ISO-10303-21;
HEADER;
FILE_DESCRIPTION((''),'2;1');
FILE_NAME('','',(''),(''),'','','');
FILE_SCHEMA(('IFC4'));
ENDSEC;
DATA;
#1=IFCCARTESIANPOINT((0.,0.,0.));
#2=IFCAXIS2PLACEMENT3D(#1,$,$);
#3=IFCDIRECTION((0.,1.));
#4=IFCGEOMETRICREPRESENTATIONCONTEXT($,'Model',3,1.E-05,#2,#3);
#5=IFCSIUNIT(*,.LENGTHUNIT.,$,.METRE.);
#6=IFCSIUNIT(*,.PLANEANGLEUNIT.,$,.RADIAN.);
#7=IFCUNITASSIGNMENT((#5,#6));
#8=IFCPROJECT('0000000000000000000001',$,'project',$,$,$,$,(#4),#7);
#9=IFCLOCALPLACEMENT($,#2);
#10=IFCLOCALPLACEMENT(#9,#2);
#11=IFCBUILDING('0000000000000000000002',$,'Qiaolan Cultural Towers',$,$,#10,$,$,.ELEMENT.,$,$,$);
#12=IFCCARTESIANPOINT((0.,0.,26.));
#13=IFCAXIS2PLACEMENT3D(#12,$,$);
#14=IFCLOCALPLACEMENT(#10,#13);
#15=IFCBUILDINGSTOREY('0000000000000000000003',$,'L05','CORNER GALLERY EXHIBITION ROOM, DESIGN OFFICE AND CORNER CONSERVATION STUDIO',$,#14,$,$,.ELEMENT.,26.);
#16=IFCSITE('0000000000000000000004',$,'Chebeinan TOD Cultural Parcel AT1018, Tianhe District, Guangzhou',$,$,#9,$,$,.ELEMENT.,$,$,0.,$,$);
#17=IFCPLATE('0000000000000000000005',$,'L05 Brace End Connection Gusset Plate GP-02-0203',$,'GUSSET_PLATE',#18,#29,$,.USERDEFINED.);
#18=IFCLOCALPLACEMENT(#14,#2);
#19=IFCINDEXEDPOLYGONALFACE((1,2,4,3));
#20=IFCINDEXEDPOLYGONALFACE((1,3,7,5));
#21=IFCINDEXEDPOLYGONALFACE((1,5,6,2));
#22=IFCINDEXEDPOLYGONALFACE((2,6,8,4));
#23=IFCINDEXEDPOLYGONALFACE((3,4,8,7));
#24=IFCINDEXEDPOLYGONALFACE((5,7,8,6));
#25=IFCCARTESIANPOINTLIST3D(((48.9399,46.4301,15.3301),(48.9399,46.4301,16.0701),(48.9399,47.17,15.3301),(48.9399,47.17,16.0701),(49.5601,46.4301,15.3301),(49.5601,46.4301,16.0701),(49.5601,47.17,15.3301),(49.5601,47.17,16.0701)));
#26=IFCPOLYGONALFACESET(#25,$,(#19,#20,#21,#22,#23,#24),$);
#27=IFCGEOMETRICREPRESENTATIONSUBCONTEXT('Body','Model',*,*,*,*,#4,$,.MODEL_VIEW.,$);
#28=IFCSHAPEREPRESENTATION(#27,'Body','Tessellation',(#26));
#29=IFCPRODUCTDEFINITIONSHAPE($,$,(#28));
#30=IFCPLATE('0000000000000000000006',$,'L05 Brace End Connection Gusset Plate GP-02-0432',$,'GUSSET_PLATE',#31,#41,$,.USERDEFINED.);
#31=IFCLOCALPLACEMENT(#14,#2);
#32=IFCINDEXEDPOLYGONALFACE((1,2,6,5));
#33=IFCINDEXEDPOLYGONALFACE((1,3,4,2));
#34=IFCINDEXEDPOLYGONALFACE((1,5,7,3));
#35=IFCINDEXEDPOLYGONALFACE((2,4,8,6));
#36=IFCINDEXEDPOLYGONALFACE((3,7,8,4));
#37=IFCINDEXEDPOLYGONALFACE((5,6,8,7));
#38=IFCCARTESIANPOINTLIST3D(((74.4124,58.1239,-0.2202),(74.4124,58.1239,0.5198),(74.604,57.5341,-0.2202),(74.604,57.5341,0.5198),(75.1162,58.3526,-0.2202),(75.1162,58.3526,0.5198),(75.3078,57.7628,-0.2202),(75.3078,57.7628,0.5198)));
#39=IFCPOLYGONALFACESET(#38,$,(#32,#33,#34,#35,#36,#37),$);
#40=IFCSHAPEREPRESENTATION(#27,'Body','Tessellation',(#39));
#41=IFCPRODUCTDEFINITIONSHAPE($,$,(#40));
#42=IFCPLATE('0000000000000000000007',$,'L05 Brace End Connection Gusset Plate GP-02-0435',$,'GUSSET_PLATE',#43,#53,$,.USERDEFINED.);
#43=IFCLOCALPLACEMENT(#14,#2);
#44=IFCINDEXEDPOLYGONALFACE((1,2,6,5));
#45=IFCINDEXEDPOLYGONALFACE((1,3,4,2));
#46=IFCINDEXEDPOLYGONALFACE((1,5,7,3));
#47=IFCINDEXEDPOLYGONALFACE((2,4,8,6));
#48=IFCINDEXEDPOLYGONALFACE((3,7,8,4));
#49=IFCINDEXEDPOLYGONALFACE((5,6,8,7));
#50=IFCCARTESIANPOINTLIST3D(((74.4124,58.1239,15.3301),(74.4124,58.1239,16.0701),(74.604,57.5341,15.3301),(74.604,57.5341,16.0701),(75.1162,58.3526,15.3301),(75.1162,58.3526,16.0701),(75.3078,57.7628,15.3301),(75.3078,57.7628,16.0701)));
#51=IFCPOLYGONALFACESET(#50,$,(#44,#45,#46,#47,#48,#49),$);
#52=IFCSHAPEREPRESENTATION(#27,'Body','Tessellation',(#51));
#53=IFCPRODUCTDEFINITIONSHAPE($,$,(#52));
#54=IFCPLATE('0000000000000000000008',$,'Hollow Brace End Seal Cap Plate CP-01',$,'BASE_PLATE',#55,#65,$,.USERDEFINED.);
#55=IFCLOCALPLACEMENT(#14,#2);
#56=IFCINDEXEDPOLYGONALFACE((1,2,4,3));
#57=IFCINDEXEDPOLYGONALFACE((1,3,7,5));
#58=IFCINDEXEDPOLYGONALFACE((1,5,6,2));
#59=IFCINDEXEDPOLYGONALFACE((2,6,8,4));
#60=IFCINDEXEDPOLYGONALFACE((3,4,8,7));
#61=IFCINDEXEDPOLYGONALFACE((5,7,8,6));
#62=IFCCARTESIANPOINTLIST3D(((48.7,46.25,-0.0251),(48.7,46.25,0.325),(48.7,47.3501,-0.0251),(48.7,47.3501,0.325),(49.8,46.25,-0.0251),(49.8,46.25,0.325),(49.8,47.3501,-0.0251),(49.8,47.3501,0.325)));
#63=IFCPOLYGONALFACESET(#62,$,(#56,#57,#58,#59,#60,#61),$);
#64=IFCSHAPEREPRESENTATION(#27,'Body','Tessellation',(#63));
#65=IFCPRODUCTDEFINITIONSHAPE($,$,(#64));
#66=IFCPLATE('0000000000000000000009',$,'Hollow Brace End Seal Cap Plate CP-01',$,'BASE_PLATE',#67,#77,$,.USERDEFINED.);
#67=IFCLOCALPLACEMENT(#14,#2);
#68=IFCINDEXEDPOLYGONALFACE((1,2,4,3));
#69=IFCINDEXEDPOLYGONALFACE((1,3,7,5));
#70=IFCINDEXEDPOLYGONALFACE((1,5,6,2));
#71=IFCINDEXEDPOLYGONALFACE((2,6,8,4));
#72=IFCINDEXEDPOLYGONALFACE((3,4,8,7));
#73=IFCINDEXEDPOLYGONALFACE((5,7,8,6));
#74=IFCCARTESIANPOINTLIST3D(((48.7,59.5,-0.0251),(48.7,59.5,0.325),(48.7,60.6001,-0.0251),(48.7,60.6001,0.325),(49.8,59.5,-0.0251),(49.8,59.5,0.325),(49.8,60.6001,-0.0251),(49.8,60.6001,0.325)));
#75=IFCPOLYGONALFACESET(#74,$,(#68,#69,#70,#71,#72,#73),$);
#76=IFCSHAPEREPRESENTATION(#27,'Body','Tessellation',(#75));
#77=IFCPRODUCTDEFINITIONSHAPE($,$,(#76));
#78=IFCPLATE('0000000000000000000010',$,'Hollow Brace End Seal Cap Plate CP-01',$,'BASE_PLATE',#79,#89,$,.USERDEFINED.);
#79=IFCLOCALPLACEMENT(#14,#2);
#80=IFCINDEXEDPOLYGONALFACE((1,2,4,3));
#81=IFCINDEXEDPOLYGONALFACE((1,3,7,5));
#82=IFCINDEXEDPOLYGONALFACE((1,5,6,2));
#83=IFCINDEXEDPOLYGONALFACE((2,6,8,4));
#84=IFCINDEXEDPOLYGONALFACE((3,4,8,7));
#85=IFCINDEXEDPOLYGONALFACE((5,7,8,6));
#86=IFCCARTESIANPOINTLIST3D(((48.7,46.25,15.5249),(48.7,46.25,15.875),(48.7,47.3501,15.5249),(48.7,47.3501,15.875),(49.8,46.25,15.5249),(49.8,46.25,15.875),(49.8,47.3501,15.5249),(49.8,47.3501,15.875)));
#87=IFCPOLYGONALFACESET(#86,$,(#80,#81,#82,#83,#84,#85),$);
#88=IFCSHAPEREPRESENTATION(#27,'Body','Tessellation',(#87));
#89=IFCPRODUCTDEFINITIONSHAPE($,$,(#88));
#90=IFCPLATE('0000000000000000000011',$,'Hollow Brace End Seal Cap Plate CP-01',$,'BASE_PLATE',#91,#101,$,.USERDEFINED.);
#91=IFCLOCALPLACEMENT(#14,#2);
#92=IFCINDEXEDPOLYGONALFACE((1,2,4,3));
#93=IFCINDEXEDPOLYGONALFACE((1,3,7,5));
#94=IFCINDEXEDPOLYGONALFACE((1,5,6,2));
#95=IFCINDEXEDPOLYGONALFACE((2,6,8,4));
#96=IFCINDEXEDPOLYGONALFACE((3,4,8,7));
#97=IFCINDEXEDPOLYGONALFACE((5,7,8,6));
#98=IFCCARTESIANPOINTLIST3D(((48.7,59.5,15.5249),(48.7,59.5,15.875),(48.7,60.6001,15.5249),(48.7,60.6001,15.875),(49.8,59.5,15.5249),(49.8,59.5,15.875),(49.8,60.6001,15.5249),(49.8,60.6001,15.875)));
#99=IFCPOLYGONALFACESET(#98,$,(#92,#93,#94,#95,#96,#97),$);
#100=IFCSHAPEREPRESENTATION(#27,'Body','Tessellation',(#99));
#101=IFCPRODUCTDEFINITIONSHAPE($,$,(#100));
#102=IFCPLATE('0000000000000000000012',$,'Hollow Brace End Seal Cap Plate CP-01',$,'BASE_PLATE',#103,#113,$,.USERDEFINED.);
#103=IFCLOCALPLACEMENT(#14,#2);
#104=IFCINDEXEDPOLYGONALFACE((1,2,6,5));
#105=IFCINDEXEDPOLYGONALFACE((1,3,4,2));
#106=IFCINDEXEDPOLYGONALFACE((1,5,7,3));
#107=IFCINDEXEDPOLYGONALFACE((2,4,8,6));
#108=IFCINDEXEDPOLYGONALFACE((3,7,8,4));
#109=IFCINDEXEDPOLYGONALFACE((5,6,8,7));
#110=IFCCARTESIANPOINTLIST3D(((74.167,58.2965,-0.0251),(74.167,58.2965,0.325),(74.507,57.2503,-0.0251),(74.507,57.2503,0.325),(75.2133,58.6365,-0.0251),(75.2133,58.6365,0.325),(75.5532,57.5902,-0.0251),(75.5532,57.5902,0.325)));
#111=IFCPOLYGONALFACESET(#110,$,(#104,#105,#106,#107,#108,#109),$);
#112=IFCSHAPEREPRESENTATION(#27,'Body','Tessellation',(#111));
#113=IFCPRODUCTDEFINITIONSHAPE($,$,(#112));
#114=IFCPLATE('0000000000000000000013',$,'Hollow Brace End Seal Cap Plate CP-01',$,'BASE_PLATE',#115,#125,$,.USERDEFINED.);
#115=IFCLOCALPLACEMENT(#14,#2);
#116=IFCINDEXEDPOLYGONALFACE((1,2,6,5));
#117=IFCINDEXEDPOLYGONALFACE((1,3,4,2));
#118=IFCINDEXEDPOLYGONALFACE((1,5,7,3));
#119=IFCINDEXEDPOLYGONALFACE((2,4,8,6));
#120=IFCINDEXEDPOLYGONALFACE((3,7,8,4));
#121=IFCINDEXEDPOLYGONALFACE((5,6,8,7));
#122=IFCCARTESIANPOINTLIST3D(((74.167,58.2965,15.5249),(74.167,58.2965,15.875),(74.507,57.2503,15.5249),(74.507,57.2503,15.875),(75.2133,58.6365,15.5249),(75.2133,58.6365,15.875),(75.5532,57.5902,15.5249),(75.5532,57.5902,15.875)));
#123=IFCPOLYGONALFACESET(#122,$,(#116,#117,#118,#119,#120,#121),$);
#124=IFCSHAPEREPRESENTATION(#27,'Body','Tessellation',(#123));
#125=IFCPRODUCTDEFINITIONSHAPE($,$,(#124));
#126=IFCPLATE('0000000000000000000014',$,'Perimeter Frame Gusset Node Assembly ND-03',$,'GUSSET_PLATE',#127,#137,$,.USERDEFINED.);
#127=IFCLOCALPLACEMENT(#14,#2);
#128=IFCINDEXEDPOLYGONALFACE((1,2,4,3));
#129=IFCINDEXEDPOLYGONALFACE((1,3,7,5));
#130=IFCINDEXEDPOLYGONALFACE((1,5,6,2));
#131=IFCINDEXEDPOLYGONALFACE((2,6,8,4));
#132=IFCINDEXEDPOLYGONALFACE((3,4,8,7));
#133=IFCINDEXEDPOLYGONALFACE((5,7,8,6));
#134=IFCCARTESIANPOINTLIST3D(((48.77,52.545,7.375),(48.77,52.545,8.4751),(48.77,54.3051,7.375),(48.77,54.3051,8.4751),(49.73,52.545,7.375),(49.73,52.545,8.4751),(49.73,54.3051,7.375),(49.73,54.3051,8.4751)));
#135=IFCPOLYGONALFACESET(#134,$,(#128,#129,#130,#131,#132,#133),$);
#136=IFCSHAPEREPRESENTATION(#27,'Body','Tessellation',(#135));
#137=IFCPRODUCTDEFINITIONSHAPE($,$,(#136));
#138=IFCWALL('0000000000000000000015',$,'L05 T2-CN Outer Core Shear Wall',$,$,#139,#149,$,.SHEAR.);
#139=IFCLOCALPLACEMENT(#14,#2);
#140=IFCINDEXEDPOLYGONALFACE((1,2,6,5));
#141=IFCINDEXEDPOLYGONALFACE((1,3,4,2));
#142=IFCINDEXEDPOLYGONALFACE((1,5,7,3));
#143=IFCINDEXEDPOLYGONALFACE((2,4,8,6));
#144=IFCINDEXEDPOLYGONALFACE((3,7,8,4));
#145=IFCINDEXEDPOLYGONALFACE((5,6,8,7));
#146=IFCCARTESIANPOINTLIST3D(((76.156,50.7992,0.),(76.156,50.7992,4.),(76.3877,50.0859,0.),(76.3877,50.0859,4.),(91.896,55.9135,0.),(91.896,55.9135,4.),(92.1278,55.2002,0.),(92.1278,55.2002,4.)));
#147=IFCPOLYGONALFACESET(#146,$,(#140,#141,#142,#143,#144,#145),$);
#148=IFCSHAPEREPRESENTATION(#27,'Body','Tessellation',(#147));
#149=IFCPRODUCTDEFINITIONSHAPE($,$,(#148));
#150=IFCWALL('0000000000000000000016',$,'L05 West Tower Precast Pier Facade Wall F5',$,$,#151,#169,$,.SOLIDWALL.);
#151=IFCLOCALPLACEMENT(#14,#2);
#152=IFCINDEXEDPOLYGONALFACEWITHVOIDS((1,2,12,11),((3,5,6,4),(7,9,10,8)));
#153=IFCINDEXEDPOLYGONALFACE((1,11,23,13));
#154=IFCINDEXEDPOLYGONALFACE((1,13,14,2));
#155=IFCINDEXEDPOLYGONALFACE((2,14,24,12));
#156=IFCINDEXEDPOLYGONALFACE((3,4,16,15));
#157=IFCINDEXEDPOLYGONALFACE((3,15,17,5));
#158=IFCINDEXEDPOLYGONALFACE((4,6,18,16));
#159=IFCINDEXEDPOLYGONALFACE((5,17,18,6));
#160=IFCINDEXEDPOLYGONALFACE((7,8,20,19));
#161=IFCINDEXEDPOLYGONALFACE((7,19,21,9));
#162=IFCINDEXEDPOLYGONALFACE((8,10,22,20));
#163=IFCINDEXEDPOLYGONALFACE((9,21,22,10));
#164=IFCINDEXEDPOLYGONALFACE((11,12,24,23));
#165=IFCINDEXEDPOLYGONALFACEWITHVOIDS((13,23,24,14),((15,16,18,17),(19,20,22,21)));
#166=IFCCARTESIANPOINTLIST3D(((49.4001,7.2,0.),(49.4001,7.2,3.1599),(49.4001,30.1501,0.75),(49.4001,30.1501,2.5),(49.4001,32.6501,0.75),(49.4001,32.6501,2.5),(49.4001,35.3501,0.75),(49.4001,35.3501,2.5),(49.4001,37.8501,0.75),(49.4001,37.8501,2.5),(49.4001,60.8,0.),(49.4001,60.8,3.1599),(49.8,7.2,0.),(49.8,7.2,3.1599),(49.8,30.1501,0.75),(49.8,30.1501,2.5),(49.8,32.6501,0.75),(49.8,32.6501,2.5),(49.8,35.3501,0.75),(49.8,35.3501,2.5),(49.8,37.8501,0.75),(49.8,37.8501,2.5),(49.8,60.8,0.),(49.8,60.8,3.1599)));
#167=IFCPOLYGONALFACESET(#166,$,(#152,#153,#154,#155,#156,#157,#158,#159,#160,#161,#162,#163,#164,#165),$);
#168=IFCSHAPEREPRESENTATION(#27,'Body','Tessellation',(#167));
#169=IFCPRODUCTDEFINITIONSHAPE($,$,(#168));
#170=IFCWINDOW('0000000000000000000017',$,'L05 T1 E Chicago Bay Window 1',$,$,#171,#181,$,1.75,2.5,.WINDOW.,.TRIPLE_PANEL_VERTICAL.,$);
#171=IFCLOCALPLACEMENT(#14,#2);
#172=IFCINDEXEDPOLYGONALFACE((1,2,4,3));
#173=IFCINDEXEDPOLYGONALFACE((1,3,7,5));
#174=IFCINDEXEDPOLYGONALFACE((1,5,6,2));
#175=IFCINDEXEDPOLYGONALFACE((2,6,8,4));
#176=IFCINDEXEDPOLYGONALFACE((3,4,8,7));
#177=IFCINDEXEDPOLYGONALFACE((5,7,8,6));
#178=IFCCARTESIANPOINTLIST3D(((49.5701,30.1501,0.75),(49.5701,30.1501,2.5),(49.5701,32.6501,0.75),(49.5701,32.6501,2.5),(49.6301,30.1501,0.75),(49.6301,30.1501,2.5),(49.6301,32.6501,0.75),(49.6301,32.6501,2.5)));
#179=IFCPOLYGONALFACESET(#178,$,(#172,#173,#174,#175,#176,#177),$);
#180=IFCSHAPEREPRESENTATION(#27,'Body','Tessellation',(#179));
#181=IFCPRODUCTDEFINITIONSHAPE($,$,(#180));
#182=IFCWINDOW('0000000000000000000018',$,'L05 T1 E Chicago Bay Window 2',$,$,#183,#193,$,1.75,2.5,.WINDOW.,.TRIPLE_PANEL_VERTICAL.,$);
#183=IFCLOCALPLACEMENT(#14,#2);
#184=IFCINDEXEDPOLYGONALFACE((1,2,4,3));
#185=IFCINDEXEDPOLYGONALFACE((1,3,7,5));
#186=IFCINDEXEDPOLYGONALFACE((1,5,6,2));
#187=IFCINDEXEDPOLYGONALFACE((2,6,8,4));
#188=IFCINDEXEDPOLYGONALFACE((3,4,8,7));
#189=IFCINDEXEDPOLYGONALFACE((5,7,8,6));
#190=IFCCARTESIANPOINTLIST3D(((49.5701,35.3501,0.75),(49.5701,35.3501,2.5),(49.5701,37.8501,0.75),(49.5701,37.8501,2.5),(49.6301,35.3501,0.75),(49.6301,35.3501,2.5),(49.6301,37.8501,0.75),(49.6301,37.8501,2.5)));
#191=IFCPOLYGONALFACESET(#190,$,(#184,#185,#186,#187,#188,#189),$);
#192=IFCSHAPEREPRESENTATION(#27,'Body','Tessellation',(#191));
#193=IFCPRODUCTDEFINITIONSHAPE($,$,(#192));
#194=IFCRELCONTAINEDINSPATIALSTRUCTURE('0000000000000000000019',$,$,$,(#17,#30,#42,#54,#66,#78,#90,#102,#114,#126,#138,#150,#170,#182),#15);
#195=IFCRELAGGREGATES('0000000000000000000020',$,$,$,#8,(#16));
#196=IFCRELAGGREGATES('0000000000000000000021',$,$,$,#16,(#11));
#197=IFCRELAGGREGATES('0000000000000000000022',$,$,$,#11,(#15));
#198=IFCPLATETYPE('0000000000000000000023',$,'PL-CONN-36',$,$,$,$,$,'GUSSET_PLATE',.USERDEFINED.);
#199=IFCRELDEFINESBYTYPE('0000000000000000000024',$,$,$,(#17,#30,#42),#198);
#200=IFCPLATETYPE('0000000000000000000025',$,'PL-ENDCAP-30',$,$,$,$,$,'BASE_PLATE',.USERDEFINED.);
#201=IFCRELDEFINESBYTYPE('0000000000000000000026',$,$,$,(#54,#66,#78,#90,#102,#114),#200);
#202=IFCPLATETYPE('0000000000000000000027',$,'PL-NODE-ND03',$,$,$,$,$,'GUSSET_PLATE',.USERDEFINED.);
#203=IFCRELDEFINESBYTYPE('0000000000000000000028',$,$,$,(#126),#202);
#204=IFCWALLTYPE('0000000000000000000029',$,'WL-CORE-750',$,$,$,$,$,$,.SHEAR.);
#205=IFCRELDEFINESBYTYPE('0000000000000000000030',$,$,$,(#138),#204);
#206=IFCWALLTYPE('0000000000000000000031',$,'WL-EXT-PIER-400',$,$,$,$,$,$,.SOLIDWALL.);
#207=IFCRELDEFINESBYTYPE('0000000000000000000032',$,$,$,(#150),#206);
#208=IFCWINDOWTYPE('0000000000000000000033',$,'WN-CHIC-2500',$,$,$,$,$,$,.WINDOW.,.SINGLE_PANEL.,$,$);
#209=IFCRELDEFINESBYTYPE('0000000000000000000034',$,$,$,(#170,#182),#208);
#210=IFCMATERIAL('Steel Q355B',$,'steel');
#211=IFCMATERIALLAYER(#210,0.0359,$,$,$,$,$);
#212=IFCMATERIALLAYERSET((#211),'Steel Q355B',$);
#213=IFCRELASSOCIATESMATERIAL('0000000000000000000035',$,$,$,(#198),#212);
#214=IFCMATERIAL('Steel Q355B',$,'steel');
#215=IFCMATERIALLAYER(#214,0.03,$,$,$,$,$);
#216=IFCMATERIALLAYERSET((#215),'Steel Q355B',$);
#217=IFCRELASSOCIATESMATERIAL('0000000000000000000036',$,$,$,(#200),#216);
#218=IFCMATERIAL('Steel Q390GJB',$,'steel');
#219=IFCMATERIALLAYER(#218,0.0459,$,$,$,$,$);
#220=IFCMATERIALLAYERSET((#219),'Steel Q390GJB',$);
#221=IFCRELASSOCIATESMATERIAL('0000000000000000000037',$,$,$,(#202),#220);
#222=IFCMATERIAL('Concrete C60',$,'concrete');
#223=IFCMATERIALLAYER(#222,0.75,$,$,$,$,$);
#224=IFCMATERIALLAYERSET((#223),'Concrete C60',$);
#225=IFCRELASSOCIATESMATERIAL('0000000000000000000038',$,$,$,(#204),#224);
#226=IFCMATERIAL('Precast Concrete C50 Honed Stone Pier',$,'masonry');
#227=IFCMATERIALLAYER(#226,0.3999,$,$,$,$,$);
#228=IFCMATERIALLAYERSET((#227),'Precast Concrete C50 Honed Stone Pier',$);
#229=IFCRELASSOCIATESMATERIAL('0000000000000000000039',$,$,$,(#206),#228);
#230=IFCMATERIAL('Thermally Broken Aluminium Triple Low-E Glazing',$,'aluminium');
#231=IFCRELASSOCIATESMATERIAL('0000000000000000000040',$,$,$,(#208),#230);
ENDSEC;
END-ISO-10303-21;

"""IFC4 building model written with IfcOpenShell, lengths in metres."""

from ifc_helpers import new_model, si_unit, direction, frame, frame_2d, origin, origin_2d, place, context, subcontext, project, spatial, rectangle, extrude, material, layer, layer_set, type_object, element, fill, save


model = new_model("IFC4")

# Units and contexts
model_context = context("Model", 3, precision=1e-05, world=origin(), true_north=direction((0.0, 1.0)))
body_context = subcontext(model_context, "Body", "Model", "MODEL_VIEW")
ifc_project = project(units=[si_unit("LENGTHUNIT", "METRE"), si_unit("PLANEANGLEUNIT", "RADIAN")], contexts=[model_context])

# Site, building, storey
site_placement = place(None, origin())
site = spatial("IfcSite", under=ifc_project, at=site_placement, Name="Chebeinan TOD Cultural Parcel AT1018, Tianhe District, Guangzhou", CompositionType="ELEMENT", RefElevation=0.0)
building_placement = place(site_placement, origin())
building = spatial("IfcBuilding", under=site, at=building_placement, Name="Qiaolan Cultural Towers", CompositionType="ELEMENT")
storey_placement = place(building_placement, frame((0.0, 0.0, 26.0)))
storey = spatial("IfcBuildingStorey", under=building, at=storey_placement, Name="L05", Description="CORNER GALLERY EXHIBITION ROOM, DESIGN OFFICE AND CORNER CONSERVATION STUDIO", CompositionType="ELEMENT", Elevation=26.0)

# Plates
ifc_material_1 = material(Name="Steel Q355B", Category="steel")
ifc_layer_1 = layer(ifc_material_1, 0.0359)
ifc_layer_set_1 = layer_set([ifc_layer_1], Name="Steel Q355B")
plate_type_1 = type_object("IfcPlateType", Name="PL-CONN-36", ElementType="GUSSET_PLATE", PredefinedType="USERDEFINED", material=ifc_layer_set_1)
for number, where, z_axis, x_axis, name in (
    (1, (49.25, 46.8, 15.3301), (0.0, 0.0, 1.0), (0.0, 1.0, 0.0), "L05 Brace End Connection Gusset Plate GP-02-0203"),
    (2, (74.8601, 57.9434, -0.2202), (0.0, 0.0, 1.0), (0.951057, 0.309017, 0.0), "L05 Brace End Connection Gusset Plate GP-02-0432"),
    (3, (74.8601, 57.9434, 15.3301), (0.0, 0.0, 1.0), (0.951057, 0.309017, 0.0), "L05 Brace End Connection Gusset Plate GP-02-0435"),
):
    element("IfcPlate", number, at=place(storey_placement, frame(where, z_axis=z_axis, x_axis=x_axis)), inside=storey, type_object=plate_type_1, Name=name, ObjectType="GUSSET_PLATE", PredefinedType="USERDEFINED", context=body_context, shape_type="SweptSolid", body=[
        extrude(rectangle(XDim=0.74, YDim=0.6201, at=origin_2d()), origin(), (0.0, 0.0, 1.0), 0.74),
    ])
ifc_material_2 = material(Name="Steel Q355B", Category="steel")
ifc_layer_2 = layer(ifc_material_2, 0.03)
ifc_layer_set_2 = layer_set([ifc_layer_2], Name="Steel Q355B")
plate_type_2 = type_object("IfcPlateType", Name="PL-ENDCAP-30", ElementType="BASE_PLATE", PredefinedType="USERDEFINED", material=ifc_layer_set_2)
for number, where, z_axis, x_axis, name in (
    (4, (49.25, 46.8, -0.0251), (0.0, 0.0, 1.0), (0.0, 1.0, 0.0), "Hollow Brace End Seal Cap Plate CP-01"),
    (5, (49.25, 60.05, -0.0251), (0.0, 0.0, 1.0), (0.0, 1.0, 0.0), "Hollow Brace End Seal Cap Plate CP-01"),
    (6, (49.25, 46.8, 15.5249), (0.0, 0.0, 1.0), (0.0, 1.0, 0.0), "Hollow Brace End Seal Cap Plate CP-01"),
    (7, (49.25, 60.05, 15.5249), (0.0, 0.0, 1.0), (0.0, 1.0, 0.0), "Hollow Brace End Seal Cap Plate CP-01"),
    (8, (74.8601, 57.9434, -0.0251), (0.0, 0.0, 1.0), (0.951057, 0.309017, 0.0), "Hollow Brace End Seal Cap Plate CP-01"),
    (9, (74.8601, 57.9434, 15.5249), (0.0, 0.0, 1.0), (0.951057, 0.309017, 0.0), "Hollow Brace End Seal Cap Plate CP-01"),
):
    element("IfcPlate", number, at=place(storey_placement, frame(where, z_axis=z_axis, x_axis=x_axis)), inside=storey, type_object=plate_type_2, Name=name, ObjectType="BASE_PLATE", PredefinedType="USERDEFINED", context=body_context, shape_type="SweptSolid", body=[
        extrude(rectangle(XDim=1.1001, YDim=1.1001, at=origin_2d()), origin(), (0.0, 0.0, 1.0), 0.3501),
    ])
ifc_material_3 = material(Name="Steel Q390GJB", Category="steel")
ifc_layer_3 = layer(ifc_material_3, 0.0459)
ifc_layer_set_3 = layer_set([ifc_layer_3], Name="Steel Q390GJB")
plate_type_3 = type_object("IfcPlateType", Name="PL-NODE-ND03", ElementType="GUSSET_PLATE", PredefinedType="USERDEFINED", material=ifc_layer_set_3)
plate_placement = place(storey_placement, frame((49.25, 53.425, 7.375), z_axis=(0.0, 0.0, 1.0), x_axis=(0.0, 1.0, 0.0)))
element("IfcPlate", 10, at=plate_placement, inside=storey, type_object=plate_type_3, Name="Perimeter Frame Gusset Node Assembly ND-03", ObjectType="GUSSET_PLATE", PredefinedType="USERDEFINED", context=body_context, shape_type="SweptSolid", body=[
    extrude(rectangle(XDim=1.76, YDim=0.96, at=origin_2d()), origin(), (0.0, 0.0, 1.0), 1.1001),
])

# Wall
ifc_material_4 = material(Name="Concrete C60", Category="concrete")
ifc_layer_4 = layer(ifc_material_4, 0.75)
ifc_layer_set_4 = layer_set([ifc_layer_4], Name="Concrete C60")
wall_type_1 = type_object("IfcWallType", Name="WL-CORE-750", PredefinedType="SHEAR", material=ifc_layer_set_4)
wall_1_placement = place(storey_placement, frame((76.272, 50.4426, 0.0), z_axis=(0.0, 0.0, 1.0), x_axis=(0.951056, 0.309018, 0.0)))
element("IfcWall", 11, at=wall_1_placement, inside=storey, type_object=wall_type_1, Name="L05 T2-CN Outer Core Shear Wall", PredefinedType="SHEAR", context=body_context, shape_type="SweptSolid", body=[
    extrude(rectangle(XDim=16.55, YDim=0.75, at=frame_2d((8.2749, 0.0))), origin(), (0.0, 0.0, 1.0), 4.0),
])

# Wall, openings, windows
ifc_material_5 = material(Name="Precast Concrete C50 Honed Stone Pier", Category="masonry")
ifc_layer_5 = layer(ifc_material_5, 0.3999)
ifc_layer_set_5 = layer_set([ifc_layer_5], Name="Precast Concrete C50 Honed Stone Pier")
wall_type_2 = type_object("IfcWallType", Name="WL-EXT-PIER-400", PredefinedType="SOLIDWALL", material=ifc_layer_set_5)
wall_2_placement = place(storey_placement, frame((49.6001, 60.8, 0.0), z_axis=(0.0, 0.0, 1.0), x_axis=(0.0, -1.0, 0.0)))
wall_2 = element("IfcWall", 12, at=wall_2_placement, inside=storey, type_object=wall_type_2, Name="L05 West Tower Precast Pier Facade Wall F5", PredefinedType="SOLIDWALL", context=body_context, shape_type="SweptSolid", body=[
    extrude(rectangle(XDim=53.6001, YDim=0.3999, at=frame_2d((26.8, 0.0))), origin(), (0.0, 0.0, 1.0), 3.1599),
])
opening_1_placement = place(wall_2_placement, frame((28.1499, 0.0, 0.75)))
opening_1 = element("IfcOpeningElement", 13, at=opening_1_placement, cuts=wall_2, PredefinedType="OPENING", context=body_context, shape_type="SweptSolid", body=[
    extrude(rectangle(XDim=2.5, YDim=1.75, at=frame_2d((1.25, 0.875))), frame((0.0, 0.21, 0.0), z_axis=(0.0, -1.0, 0.0), x_axis=(1.0, 0.0, 0.0)), (0.0, 0.0, 1.0), 0.4199),
])
opening_2_placement = place(wall_2_placement, frame((22.95, 0.0, 0.75)))
opening_2 = element("IfcOpeningElement", 14, at=opening_2_placement, cuts=wall_2, PredefinedType="OPENING", context=body_context, shape_type="SweptSolid", body=[
    extrude(rectangle(XDim=2.5, YDim=1.75, at=frame_2d((1.25, 0.875))), frame((0.0, 0.21, 0.0), z_axis=(0.0, -1.0, 0.0), x_axis=(1.0, 0.0, 0.0)), (0.0, 0.0, 1.0), 0.4199),
])
ifc_material_6 = material(Name="Thermally Broken Aluminium Triple Low-E Glazing", Category="aluminium")
window_type = type_object("IfcWindowType", Name="WN-CHIC-2500", PartitioningType="SINGLE_PANEL", PredefinedType="WINDOW", material=ifc_material_6)
window_1_placement = place(opening_1_placement, origin())
window_1 = element("IfcWindow", 15, at=window_1_placement, inside=storey, type_object=window_type, Name="L05 T1 E Chicago Bay Window 1", OverallHeight=1.75, OverallWidth=2.5, PartitioningType="TRIPLE_PANEL_VERTICAL", PredefinedType="WINDOW", context=body_context, shape_type="SweptSolid", body=[
    extrude(rectangle(XDim=2.5, YDim=1.75, at=frame_2d((1.25, 0.875))), frame((0.0, 0.03, 0.0), z_axis=(0.0, -1.0, 0.0), x_axis=(1.0, 0.0, 0.0)), (0.0, 0.0, 1.0), 0.0601),
])
fill(opening_1, window_1)
window_2_placement = place(opening_2_placement, origin())
window_2 = element("IfcWindow", 16, at=window_2_placement, inside=storey, type_object=window_type, Name="L05 T1 E Chicago Bay Window 2", OverallHeight=1.75, OverallWidth=2.5, PartitioningType="TRIPLE_PANEL_VERTICAL", PredefinedType="WINDOW", context=body_context, shape_type="SweptSolid", body=[
    extrude(rectangle(XDim=2.5, YDim=1.75, at=frame_2d((1.25, 0.875))), frame((0.0, 0.03, 0.0), z_axis=(0.0, -1.0, 0.0), x_axis=(1.0, 0.0, 0.0)), (0.0, 0.0, 1.0), 0.0601),
])
fill(opening_2, window_2)

save(model, "model.ifc")
